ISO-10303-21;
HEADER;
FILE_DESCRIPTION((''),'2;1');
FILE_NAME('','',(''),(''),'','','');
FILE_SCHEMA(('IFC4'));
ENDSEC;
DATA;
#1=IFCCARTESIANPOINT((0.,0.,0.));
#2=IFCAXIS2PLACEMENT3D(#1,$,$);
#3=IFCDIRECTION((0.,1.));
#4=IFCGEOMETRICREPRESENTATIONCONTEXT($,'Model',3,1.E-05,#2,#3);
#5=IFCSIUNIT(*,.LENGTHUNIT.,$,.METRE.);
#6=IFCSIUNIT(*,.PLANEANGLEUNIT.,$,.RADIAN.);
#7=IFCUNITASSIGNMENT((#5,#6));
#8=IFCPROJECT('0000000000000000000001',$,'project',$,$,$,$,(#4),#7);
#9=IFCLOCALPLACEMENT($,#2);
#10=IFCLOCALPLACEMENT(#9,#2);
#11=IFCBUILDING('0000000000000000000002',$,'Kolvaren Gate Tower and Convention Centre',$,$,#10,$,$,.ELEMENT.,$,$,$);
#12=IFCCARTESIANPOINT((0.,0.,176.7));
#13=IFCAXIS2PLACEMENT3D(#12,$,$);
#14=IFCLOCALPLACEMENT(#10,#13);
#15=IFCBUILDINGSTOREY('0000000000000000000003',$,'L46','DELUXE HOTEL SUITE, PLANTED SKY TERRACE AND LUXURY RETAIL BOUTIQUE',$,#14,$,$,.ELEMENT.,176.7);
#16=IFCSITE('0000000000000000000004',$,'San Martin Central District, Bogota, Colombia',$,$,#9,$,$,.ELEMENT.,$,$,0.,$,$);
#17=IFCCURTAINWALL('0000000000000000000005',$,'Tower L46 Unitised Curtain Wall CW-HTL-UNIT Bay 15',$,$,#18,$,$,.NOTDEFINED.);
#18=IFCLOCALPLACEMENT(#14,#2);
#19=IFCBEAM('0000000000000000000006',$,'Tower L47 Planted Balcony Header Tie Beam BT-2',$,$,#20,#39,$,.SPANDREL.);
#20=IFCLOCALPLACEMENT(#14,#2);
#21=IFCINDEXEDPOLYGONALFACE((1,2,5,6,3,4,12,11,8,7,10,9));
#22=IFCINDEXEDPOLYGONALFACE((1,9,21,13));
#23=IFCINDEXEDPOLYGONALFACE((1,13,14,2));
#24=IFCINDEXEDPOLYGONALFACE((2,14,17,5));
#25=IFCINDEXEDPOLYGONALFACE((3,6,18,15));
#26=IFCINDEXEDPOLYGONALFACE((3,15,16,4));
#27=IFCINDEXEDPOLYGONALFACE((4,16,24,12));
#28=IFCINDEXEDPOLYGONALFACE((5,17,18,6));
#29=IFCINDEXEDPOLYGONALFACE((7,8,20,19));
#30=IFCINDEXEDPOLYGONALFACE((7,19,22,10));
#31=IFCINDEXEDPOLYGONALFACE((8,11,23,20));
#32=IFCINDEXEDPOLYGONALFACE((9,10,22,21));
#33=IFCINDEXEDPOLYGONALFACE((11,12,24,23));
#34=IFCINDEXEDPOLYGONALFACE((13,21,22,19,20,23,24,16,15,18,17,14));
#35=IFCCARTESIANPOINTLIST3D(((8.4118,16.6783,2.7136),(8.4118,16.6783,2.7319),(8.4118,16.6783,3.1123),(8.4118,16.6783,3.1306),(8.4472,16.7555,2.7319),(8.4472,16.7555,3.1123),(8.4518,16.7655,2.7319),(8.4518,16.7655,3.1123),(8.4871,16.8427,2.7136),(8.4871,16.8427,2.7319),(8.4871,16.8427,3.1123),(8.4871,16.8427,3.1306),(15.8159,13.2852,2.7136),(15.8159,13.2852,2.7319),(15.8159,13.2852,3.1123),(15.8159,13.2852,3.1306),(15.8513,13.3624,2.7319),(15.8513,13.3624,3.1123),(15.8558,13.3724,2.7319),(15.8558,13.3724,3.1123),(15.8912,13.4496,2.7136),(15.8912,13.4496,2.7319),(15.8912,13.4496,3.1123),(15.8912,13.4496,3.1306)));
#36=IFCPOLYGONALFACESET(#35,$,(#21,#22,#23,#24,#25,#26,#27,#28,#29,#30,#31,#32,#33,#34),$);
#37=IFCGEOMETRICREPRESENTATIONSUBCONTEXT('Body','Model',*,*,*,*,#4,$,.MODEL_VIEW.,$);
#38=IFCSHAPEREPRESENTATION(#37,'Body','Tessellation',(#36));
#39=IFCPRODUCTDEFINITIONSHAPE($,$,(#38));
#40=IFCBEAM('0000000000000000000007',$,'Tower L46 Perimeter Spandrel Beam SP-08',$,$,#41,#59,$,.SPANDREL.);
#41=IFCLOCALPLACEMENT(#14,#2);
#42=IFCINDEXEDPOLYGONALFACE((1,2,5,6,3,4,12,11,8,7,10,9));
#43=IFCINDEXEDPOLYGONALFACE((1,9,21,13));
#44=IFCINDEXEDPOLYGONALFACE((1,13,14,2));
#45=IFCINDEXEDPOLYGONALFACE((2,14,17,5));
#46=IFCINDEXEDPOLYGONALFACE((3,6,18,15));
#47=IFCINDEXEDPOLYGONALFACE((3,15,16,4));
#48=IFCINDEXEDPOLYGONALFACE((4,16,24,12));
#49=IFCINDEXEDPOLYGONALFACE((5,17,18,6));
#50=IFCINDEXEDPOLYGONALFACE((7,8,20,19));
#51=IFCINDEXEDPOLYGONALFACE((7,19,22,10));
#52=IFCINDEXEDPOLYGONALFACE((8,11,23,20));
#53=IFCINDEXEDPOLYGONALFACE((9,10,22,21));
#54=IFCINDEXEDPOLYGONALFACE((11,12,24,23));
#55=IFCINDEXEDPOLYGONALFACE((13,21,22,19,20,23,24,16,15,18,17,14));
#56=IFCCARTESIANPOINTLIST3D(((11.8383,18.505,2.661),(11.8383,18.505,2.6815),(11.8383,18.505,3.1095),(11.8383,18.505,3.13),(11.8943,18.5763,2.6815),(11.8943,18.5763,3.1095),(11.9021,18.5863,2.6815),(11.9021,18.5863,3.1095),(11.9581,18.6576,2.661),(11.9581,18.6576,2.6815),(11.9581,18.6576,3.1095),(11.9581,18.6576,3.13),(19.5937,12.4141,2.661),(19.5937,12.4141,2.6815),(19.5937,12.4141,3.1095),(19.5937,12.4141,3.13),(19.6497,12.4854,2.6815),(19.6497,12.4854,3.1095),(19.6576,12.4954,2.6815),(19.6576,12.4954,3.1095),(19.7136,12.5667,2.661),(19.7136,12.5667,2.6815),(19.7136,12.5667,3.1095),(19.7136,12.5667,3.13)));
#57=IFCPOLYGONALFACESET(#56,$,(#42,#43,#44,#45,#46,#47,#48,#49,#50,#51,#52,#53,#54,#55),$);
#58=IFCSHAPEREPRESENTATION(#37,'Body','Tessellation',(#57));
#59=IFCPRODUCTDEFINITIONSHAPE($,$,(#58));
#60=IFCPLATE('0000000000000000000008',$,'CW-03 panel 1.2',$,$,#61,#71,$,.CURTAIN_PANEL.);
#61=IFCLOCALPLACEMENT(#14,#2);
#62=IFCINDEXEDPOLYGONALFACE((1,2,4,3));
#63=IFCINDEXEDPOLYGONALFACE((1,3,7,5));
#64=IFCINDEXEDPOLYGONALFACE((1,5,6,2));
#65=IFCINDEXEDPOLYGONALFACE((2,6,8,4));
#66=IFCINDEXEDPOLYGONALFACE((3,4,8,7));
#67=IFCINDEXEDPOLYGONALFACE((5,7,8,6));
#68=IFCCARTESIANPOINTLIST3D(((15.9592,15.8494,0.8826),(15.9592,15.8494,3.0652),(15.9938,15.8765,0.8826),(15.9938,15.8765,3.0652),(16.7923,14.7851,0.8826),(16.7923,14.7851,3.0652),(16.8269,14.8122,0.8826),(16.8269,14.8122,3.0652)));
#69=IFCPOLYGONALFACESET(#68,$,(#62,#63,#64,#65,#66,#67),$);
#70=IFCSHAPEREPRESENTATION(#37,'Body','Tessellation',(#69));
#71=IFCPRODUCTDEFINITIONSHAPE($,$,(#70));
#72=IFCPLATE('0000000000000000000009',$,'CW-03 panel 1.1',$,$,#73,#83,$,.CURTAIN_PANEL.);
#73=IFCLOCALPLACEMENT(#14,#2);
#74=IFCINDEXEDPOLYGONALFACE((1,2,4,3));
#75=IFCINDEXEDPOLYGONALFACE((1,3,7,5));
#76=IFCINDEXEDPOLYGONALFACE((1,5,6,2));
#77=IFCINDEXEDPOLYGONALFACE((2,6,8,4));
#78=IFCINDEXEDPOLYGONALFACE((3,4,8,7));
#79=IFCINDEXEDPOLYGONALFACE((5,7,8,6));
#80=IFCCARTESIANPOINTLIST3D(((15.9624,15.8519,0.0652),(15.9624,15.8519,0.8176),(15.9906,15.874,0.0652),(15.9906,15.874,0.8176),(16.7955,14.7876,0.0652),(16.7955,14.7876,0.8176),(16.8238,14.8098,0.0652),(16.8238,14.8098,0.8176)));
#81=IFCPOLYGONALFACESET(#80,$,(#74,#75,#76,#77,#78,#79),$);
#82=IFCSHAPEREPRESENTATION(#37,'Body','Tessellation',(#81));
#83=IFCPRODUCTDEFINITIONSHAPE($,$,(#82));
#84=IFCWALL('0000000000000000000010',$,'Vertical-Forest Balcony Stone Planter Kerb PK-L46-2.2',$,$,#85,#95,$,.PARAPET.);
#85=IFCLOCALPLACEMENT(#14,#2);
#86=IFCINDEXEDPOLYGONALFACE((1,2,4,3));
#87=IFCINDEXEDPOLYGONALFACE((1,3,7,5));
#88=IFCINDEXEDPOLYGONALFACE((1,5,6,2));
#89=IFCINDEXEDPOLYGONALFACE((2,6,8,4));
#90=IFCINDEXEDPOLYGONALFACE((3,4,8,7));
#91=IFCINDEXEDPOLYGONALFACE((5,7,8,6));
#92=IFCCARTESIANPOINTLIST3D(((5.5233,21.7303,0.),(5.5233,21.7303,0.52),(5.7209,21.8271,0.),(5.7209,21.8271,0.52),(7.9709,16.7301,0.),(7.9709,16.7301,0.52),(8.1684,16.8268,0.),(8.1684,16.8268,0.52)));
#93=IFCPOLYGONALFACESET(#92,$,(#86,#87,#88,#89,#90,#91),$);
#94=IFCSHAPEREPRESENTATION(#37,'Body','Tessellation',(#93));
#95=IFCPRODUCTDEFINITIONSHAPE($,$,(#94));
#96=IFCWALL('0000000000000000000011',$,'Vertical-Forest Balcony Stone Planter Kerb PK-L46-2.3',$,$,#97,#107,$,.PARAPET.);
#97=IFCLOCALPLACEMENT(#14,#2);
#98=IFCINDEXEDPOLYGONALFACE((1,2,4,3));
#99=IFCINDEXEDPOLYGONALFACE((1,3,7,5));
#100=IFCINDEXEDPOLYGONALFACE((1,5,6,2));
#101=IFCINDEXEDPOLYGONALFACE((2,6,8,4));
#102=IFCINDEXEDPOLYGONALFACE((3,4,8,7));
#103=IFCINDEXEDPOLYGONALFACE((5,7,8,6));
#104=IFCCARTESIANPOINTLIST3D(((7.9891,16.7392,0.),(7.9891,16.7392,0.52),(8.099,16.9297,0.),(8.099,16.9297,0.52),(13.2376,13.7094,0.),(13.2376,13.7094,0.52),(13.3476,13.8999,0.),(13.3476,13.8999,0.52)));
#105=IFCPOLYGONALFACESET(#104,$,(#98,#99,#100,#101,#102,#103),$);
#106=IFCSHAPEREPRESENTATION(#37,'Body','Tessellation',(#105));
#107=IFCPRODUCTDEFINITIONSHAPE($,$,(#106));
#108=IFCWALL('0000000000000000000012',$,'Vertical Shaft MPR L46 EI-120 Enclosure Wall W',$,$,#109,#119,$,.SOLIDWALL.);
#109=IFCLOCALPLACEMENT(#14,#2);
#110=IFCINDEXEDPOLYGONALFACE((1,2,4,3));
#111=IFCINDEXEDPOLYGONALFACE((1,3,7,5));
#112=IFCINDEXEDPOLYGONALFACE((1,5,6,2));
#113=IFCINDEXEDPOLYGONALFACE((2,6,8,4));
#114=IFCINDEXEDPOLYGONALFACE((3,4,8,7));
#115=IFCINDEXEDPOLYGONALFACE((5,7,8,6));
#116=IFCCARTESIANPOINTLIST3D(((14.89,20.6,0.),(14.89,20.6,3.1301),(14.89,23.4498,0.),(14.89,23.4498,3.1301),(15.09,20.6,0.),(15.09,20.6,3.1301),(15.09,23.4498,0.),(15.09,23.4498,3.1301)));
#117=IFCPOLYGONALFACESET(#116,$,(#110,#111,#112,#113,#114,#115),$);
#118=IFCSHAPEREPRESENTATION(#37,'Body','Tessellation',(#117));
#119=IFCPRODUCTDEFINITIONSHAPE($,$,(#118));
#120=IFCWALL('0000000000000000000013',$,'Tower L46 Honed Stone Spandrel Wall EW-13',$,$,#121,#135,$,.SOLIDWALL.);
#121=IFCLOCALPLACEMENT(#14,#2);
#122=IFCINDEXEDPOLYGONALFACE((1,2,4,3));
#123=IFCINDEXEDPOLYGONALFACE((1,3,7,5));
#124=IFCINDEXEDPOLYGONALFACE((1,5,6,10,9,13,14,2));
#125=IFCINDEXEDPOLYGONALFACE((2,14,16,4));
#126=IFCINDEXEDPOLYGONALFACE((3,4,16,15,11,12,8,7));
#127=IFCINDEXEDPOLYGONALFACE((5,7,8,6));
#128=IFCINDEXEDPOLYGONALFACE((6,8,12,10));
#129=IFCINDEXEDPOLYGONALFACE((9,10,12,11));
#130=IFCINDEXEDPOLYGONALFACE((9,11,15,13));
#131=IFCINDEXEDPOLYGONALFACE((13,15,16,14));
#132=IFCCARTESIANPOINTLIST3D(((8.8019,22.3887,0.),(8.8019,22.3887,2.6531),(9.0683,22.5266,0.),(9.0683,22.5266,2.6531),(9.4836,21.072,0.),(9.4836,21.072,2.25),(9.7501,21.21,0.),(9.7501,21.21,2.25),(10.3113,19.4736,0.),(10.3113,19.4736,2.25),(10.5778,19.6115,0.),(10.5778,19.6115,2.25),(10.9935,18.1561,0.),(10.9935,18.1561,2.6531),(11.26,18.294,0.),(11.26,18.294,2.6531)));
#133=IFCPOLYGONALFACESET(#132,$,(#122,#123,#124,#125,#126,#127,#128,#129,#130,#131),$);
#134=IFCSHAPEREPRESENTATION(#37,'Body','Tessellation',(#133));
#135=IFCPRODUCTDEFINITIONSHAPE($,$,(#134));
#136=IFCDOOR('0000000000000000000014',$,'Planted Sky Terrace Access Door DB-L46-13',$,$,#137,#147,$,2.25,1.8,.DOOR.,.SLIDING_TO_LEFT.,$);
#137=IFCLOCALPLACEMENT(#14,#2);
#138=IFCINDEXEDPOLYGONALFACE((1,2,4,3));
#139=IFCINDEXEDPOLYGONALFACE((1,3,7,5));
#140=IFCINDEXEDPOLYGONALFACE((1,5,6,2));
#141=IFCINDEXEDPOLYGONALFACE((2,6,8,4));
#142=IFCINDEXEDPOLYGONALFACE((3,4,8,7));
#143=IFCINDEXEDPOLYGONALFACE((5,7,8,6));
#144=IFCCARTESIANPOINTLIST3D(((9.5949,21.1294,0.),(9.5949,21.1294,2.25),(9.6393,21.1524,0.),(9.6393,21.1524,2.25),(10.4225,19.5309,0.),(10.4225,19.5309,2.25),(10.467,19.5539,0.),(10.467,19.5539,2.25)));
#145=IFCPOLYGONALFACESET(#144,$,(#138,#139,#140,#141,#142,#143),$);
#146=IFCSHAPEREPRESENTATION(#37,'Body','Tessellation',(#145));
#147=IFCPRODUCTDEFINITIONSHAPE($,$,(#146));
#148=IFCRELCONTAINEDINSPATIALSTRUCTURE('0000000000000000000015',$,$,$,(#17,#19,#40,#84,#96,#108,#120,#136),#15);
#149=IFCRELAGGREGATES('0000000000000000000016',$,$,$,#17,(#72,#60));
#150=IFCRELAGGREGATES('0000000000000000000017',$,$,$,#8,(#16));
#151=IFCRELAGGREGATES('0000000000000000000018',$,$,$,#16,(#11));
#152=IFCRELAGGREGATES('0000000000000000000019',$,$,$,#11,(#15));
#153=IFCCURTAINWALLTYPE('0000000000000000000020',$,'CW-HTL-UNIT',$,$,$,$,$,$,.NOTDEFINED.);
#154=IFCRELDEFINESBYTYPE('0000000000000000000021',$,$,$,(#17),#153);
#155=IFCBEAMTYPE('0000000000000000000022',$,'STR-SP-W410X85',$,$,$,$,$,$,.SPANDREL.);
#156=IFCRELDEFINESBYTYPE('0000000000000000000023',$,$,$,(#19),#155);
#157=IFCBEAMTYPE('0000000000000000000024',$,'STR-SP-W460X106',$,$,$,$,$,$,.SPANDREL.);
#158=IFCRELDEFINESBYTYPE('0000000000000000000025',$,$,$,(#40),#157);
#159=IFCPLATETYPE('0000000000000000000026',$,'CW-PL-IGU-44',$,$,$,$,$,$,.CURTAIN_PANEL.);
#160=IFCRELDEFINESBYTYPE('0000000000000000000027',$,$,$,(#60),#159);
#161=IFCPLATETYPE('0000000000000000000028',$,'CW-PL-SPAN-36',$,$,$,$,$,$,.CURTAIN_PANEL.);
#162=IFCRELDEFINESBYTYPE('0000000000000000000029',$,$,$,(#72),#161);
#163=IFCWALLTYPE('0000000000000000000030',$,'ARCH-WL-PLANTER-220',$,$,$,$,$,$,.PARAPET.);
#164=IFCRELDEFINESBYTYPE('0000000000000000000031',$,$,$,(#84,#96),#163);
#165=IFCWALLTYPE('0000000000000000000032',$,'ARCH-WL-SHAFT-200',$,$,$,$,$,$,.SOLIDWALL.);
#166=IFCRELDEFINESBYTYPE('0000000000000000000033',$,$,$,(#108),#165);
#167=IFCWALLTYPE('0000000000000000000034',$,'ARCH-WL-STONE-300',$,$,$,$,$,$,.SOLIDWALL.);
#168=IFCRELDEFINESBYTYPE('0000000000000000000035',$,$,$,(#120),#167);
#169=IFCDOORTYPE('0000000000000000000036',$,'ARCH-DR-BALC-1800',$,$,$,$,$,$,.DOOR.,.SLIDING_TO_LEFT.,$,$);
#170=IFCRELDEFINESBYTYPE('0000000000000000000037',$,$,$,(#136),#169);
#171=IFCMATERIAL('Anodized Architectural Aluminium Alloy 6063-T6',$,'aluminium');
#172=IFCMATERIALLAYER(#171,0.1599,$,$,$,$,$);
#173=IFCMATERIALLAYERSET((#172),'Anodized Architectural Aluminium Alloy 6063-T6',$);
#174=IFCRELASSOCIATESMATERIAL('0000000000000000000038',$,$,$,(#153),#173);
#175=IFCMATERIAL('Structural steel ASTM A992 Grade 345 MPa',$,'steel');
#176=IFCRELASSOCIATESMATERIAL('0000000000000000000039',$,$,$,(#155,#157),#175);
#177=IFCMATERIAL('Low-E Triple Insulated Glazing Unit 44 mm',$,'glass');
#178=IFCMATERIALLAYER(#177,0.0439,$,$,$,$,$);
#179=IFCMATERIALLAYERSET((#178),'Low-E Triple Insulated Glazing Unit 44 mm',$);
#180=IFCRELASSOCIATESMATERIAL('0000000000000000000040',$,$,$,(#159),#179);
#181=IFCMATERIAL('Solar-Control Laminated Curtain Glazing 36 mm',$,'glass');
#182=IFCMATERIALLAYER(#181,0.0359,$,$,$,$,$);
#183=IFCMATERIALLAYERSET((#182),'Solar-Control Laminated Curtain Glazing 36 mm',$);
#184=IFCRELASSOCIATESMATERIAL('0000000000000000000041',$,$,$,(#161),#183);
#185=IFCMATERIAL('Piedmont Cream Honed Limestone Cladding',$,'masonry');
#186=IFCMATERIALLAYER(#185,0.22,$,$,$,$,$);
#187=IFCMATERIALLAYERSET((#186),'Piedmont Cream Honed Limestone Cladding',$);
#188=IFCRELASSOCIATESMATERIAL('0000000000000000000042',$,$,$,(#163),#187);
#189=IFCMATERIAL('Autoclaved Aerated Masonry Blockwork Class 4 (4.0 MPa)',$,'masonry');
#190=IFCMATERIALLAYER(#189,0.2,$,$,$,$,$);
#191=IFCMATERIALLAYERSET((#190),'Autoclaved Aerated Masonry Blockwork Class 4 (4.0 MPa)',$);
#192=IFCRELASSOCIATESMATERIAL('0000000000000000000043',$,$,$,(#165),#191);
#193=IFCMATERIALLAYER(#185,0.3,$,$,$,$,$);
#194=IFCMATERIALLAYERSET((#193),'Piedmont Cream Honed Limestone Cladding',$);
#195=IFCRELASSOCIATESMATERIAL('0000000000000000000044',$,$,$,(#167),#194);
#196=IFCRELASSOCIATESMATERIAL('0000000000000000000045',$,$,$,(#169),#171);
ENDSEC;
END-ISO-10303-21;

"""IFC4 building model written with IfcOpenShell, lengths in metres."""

from ifc_helpers import new_model, si_unit, direction, frame, frame_2d, origin, origin_2d, place, context, subcontext, project, spatial, rectangle, i_section, extrude, material, layer, layer_set, material_profile, profile_set, type_object, element, fill, aggregate, save


model = new_model("IFC4")

# Units and contexts
model_context = context("Model", 3, precision=1e-05, world=origin(), true_north=direction((0.0, 1.0)))
body_context = subcontext(model_context, "Body", "Model", "MODEL_VIEW")
ifc_project = project(units=[si_unit("LENGTHUNIT", "METRE"), si_unit("PLANEANGLEUNIT", "RADIAN")], contexts=[model_context])

# Site, building, storey
site_placement = place(None, origin())
site = spatial("IfcSite", under=ifc_project, at=site_placement, Name="San Martin Central District, Bogota, Colombia", CompositionType="ELEMENT", RefElevation=0.0)
building_placement = place(site_placement, origin())
building = spatial("IfcBuilding", under=site, at=building_placement, Name="Kolvaren Gate Tower and Convention Centre", CompositionType="ELEMENT")
storey_placement = place(building_placement, frame((0.0, 0.0, 176.7)))
storey = spatial("IfcBuildingStorey", under=building, at=storey_placement, Name="L46", Description="DELUXE HOTEL SUITE, PLANTED SKY TERRACE AND LUXURY RETAIL BOUTIQUE", CompositionType="ELEMENT", Elevation=176.7)

# Curtain wall
ifc_material_1 = material(Name="Anodized Architectural Aluminium Alloy 6063-T6", Category="aluminium")
ifc_layer_1 = layer(ifc_material_1, 0.1599)
ifc_layer_set_1 = layer_set([ifc_layer_1], Name="Anodized Architectural Aluminium Alloy 6063-T6")
curtain_wall_type = type_object("IfcCurtainWallType", Name="CW-HTL-UNIT", PredefinedType="NOTDEFINED", material=ifc_layer_set_1)
curtain_wall_placement = place(storey_placement, origin())
curtain_wall = element("IfcCurtainWall", 1, at=curtain_wall_placement, inside=storey, type_object=curtain_wall_type, Name="Tower L46 Unitised Curtain Wall CW-HTL-UNIT Bay 15", PredefinedType="NOTDEFINED")

# Beams
ifc_material_2 = material(Name="Structural steel ASTM A992 Grade 345 MPa", Category="steel")
ifc_material_profile_1 = material_profile(ifc_material_2, i_section(OverallWidth=0.1809, OverallDepth=0.417, WebThickness=0.011, FlangeThickness=0.0183, at=origin_2d()), Name="W410X85")
ifc_profile_set_1 = profile_set([ifc_material_profile_1], Name="Structural steel ASTM A992 Grade 345 MPa")
beam_type_1 = type_object("IfcBeamType", Name="STR-SP-W410X85", PredefinedType="SPANDREL", material=ifc_profile_set_1)
beam_1_placement = place(storey_placement, frame((8.4495, 16.7605, 2.9221), z_axis=(0.909086, -0.416608, 0.0), x_axis=(0.416608, 0.909086, 0.0)))
element("IfcBeam", 2, at=beam_1_placement, inside=storey, type_object=beam_type_1, Name="Tower L47 Planted Balcony Header Tie Beam BT-2", PredefinedType="SPANDREL", context=body_context, shape_type="SweptSolid", body=[
    extrude(i_section(OverallWidth=0.1809, OverallDepth=0.417, WebThickness=0.011, FlangeThickness=0.0183, at=origin_2d()), origin(), (0.0, 0.0, 1.0), 8.1445),
])
ifc_material_profile_2 = material_profile(ifc_material_2, i_section(OverallWidth=0.1941, OverallDepth=0.469, WebThickness=0.0127, FlangeThickness=0.0205, at=origin_2d()), Name="W460X106")
ifc_profile_set_2 = profile_set([ifc_material_profile_2], Name="Structural steel ASTM A992 Grade 345 MPa")
beam_type_2 = type_object("IfcBeamType", Name="STR-SP-W460X106", PredefinedType="SPANDREL", material=ifc_profile_set_2)
beam_2_placement = place(storey_placement, frame((11.8982, 18.5813, 2.8955), z_axis=(0.786451, -0.617653, 0.0), x_axis=(0.617653, 0.786451, 0.0)))
element("IfcBeam", 3, at=beam_2_placement, inside=storey, type_object=beam_type_2, Name="Tower L46 Perimeter Spandrel Beam SP-08", PredefinedType="SPANDREL", context=body_context, shape_type="SweptSolid", body=[
    extrude(i_section(OverallWidth=0.1941, OverallDepth=0.469, WebThickness=0.0127, FlangeThickness=0.0205, at=origin_2d()), origin(), (0.0, 0.0, 1.0), 9.8613),
])

# Plates
ifc_material_3 = material(Name="Low-E Triple Insulated Glazing Unit 44 mm", Category="glass")
ifc_layer_2 = layer(ifc_material_3, 0.0439)
ifc_layer_set_2 = layer_set([ifc_layer_2], Name="Low-E Triple Insulated Glazing Unit 44 mm")
plate_type_1 = type_object("IfcPlateType", Name="CW-PL-IGU-44", PredefinedType="CURTAIN_PANEL", material=ifc_layer_set_2)
plate_1_placement = place(storey_placement, frame((16.3931, 15.3308, 0.8826), z_axis=(0.0, 0.0, 1.0), x_axis=(0.616424, -0.787415, 0.0)))
plate_1 = element("IfcPlate", 4, at=plate_1_placement, type_object=plate_type_1, Name="CW-03 panel 1.2", PredefinedType="CURTAIN_PANEL", context=body_context, shape_type="SweptSolid", body=[
    extrude(rectangle(XDim=1.3516, YDim=0.0439, at=origin_2d()), origin(), (0.0, 0.0, 1.0), 2.1826),
])
ifc_material_4 = material(Name="Solar-Control Laminated Curtain Glazing 36 mm", Category="glass")
ifc_layer_3 = layer(ifc_material_4, 0.0359)
ifc_layer_set_3 = layer_set([ifc_layer_3], Name="Solar-Control Laminated Curtain Glazing 36 mm")
plate_type_2 = type_object("IfcPlateType", Name="CW-PL-SPAN-36", PredefinedType="CURTAIN_PANEL", material=ifc_layer_set_3)
plate_2_placement = place(storey_placement, frame((16.3931, 15.3308, 0.0652), z_axis=(0.0, 0.0, 1.0), x_axis=(0.616424, -0.787415, 0.0)))
plate_2 = element("IfcPlate", 5, at=plate_2_placement, type_object=plate_type_2, Name="CW-03 panel 1.1", PredefinedType="CURTAIN_PANEL", context=body_context, shape_type="SweptSolid", body=[
    extrude(rectangle(XDim=1.3516, YDim=0.0359, at=origin_2d()), origin(), (0.0, 0.0, 1.0), 0.7524),
])
aggregate(curtain_wall, [plate_2, plate_1])

# Walls
ifc_material_5 = material(Name="Piedmont Cream Honed Limestone Cladding", Category="masonry")
ifc_layer_4 = layer(ifc_material_5, 0.22)
ifc_layer_set_4 = layer_set([ifc_layer_4], Name="Piedmont Cream Honed Limestone Cladding")
wall_type_1 = type_object("IfcWallType", Name="ARCH-WL-PLANTER-220", PredefinedType="PARAPET", material=ifc_layer_set_4)
wall_1_placement = place(storey_placement, frame((5.6221, 21.7788, 0.0), z_axis=(0.0, 0.0, 1.0), x_axis=(0.439637, -0.898175, 0.0)))
element("IfcWall", 6, at=wall_1_placement, inside=storey, type_object=wall_type_1, Name="Vertical-Forest Balcony Stone Planter Kerb PK-L46-2.2", PredefinedType="PARAPET", context=body_context, shape_type="SweptSolid", body=[
    extrude(rectangle(XDim=5.5671, YDim=0.22, at=frame_2d((2.7837, 0.0))), origin(), (0.0, 0.0, 1.0), 0.52),
])
wall_2_placement = place(storey_placement, frame((8.0439, 16.8345, 0.0), z_axis=(0.0, 0.0, 1.0), x_axis=(0.866058, -0.499943, 0.0)))
element("IfcWall", 7, at=wall_2_placement, inside=storey, type_object=wall_type_1, Name="Vertical-Forest Balcony Stone Planter Kerb PK-L46-2.3", PredefinedType="PARAPET", context=body_context, shape_type="SweptSolid", body=[
    extrude(rectangle(XDim=6.0603, YDim=0.22, at=frame_2d((3.0303, 0.0))), origin(), (0.0, 0.0, 1.0), 0.52),
])
ifc_material_6 = material(Name="Autoclaved Aerated Masonry Blockwork Class 4 (4.0 MPa)", Category="masonry")
ifc_layer_5 = layer(ifc_material_6, 0.2)
ifc_layer_set_5 = layer_set([ifc_layer_5], Name="Autoclaved Aerated Masonry Blockwork Class 4 (4.0 MPa)")
wall_type_2 = type_object("IfcWallType", Name="ARCH-WL-SHAFT-200", PredefinedType="SOLIDWALL", material=ifc_layer_set_5)
wall_3_placement = place(storey_placement, frame((14.99, 20.6001, 0.0), z_axis=(0.0, 0.0, 1.0), x_axis=(0.0, 1.0, 0.0)))
element("IfcWall", 8, at=wall_3_placement, inside=storey, type_object=wall_type_2, Name="Vertical Shaft MPR L46 EI-120 Enclosure Wall W", PredefinedType="SOLIDWALL", context=body_context, shape_type="SweptSolid", body=[
    extrude(rectangle(XDim=2.8499, YDim=0.2, at=frame_2d((1.4248, 0.0))), origin(), (0.0, 0.0, 1.0), 3.1301),
])

# Wall, opening, door
ifc_layer_6 = layer(ifc_material_5, 0.3)
ifc_layer_set_6 = layer_set([ifc_layer_6], Name="Piedmont Cream Honed Limestone Cladding")
wall_type_3 = type_object("IfcWallType", Name="ARCH-WL-STONE-300", PredefinedType="SOLIDWALL", material=ifc_layer_set_6)
wall_4_placement = place(storey_placement, frame((8.9351, 22.4578, 0.0), z_axis=(0.0, 0.0, 1.0), x_axis=(0.45981, -0.888017, 0.0)))
wall_4 = element("IfcWall", 9, at=wall_4_placement, inside=storey, type_object=wall_type_3, Name="Tower L46 Honed Stone Spandrel Wall EW-13", PredefinedType="SOLIDWALL", context=body_context, shape_type="SweptSolid", body=[
    extrude(rectangle(XDim=4.7664, YDim=0.3, at=frame_2d((2.3833, 0.0))), origin(), (0.0, 0.0, 1.0), 2.6531),
])
opening_1_placement = place(wall_4_placement, frame((1.4829, 0.0, 0.0)))
opening_1 = element("IfcOpeningElement", 10, at=opening_1_placement, cuts=wall_4, PredefinedType="OPENING", context=body_context, shape_type="SweptSolid", body=[
    extrude(rectangle(XDim=1.8, YDim=2.25, at=frame_2d((0.8999, 1.125))), frame((0.0, 0.1599, 0.0), z_axis=(0.0, -1.0, 0.0), x_axis=(1.0, 0.0, 0.0)), (0.0, 0.0, 1.0), 0.3201),
])
door_type = type_object("IfcDoorType", Name="ARCH-DR-BALC-1800", OperationType="SLIDING_TO_LEFT", PredefinedType="DOOR", material=ifc_material_1)
door_placement = place(opening_1_placement, frame((1.8, 0.0, 0.0), z_axis=(0.0, 0.0, 1.0), x_axis=(-1.0, 0.0, 0.0)))
door = element("IfcDoor", 11, at=door_placement, inside=storey, type_object=door_type, Name="Planted Sky Terrace Access Door DB-L46-13", OperationType="SLIDING_TO_LEFT", OverallHeight=2.25, OverallWidth=1.8, PredefinedType="DOOR", context=body_context, shape_type="SweptSolid", body=[
    extrude(rectangle(XDim=1.8, YDim=2.25, at=frame_2d((0.8999, 1.125))), frame((0.0, 0.0249, 0.0), z_axis=(0.0, -1.0, 0.0), x_axis=(1.0, 0.0, 0.0)), (0.0, 0.0, 1.0), 0.05),
])
fill(opening_1, door)

save(model, "model.ifc")
